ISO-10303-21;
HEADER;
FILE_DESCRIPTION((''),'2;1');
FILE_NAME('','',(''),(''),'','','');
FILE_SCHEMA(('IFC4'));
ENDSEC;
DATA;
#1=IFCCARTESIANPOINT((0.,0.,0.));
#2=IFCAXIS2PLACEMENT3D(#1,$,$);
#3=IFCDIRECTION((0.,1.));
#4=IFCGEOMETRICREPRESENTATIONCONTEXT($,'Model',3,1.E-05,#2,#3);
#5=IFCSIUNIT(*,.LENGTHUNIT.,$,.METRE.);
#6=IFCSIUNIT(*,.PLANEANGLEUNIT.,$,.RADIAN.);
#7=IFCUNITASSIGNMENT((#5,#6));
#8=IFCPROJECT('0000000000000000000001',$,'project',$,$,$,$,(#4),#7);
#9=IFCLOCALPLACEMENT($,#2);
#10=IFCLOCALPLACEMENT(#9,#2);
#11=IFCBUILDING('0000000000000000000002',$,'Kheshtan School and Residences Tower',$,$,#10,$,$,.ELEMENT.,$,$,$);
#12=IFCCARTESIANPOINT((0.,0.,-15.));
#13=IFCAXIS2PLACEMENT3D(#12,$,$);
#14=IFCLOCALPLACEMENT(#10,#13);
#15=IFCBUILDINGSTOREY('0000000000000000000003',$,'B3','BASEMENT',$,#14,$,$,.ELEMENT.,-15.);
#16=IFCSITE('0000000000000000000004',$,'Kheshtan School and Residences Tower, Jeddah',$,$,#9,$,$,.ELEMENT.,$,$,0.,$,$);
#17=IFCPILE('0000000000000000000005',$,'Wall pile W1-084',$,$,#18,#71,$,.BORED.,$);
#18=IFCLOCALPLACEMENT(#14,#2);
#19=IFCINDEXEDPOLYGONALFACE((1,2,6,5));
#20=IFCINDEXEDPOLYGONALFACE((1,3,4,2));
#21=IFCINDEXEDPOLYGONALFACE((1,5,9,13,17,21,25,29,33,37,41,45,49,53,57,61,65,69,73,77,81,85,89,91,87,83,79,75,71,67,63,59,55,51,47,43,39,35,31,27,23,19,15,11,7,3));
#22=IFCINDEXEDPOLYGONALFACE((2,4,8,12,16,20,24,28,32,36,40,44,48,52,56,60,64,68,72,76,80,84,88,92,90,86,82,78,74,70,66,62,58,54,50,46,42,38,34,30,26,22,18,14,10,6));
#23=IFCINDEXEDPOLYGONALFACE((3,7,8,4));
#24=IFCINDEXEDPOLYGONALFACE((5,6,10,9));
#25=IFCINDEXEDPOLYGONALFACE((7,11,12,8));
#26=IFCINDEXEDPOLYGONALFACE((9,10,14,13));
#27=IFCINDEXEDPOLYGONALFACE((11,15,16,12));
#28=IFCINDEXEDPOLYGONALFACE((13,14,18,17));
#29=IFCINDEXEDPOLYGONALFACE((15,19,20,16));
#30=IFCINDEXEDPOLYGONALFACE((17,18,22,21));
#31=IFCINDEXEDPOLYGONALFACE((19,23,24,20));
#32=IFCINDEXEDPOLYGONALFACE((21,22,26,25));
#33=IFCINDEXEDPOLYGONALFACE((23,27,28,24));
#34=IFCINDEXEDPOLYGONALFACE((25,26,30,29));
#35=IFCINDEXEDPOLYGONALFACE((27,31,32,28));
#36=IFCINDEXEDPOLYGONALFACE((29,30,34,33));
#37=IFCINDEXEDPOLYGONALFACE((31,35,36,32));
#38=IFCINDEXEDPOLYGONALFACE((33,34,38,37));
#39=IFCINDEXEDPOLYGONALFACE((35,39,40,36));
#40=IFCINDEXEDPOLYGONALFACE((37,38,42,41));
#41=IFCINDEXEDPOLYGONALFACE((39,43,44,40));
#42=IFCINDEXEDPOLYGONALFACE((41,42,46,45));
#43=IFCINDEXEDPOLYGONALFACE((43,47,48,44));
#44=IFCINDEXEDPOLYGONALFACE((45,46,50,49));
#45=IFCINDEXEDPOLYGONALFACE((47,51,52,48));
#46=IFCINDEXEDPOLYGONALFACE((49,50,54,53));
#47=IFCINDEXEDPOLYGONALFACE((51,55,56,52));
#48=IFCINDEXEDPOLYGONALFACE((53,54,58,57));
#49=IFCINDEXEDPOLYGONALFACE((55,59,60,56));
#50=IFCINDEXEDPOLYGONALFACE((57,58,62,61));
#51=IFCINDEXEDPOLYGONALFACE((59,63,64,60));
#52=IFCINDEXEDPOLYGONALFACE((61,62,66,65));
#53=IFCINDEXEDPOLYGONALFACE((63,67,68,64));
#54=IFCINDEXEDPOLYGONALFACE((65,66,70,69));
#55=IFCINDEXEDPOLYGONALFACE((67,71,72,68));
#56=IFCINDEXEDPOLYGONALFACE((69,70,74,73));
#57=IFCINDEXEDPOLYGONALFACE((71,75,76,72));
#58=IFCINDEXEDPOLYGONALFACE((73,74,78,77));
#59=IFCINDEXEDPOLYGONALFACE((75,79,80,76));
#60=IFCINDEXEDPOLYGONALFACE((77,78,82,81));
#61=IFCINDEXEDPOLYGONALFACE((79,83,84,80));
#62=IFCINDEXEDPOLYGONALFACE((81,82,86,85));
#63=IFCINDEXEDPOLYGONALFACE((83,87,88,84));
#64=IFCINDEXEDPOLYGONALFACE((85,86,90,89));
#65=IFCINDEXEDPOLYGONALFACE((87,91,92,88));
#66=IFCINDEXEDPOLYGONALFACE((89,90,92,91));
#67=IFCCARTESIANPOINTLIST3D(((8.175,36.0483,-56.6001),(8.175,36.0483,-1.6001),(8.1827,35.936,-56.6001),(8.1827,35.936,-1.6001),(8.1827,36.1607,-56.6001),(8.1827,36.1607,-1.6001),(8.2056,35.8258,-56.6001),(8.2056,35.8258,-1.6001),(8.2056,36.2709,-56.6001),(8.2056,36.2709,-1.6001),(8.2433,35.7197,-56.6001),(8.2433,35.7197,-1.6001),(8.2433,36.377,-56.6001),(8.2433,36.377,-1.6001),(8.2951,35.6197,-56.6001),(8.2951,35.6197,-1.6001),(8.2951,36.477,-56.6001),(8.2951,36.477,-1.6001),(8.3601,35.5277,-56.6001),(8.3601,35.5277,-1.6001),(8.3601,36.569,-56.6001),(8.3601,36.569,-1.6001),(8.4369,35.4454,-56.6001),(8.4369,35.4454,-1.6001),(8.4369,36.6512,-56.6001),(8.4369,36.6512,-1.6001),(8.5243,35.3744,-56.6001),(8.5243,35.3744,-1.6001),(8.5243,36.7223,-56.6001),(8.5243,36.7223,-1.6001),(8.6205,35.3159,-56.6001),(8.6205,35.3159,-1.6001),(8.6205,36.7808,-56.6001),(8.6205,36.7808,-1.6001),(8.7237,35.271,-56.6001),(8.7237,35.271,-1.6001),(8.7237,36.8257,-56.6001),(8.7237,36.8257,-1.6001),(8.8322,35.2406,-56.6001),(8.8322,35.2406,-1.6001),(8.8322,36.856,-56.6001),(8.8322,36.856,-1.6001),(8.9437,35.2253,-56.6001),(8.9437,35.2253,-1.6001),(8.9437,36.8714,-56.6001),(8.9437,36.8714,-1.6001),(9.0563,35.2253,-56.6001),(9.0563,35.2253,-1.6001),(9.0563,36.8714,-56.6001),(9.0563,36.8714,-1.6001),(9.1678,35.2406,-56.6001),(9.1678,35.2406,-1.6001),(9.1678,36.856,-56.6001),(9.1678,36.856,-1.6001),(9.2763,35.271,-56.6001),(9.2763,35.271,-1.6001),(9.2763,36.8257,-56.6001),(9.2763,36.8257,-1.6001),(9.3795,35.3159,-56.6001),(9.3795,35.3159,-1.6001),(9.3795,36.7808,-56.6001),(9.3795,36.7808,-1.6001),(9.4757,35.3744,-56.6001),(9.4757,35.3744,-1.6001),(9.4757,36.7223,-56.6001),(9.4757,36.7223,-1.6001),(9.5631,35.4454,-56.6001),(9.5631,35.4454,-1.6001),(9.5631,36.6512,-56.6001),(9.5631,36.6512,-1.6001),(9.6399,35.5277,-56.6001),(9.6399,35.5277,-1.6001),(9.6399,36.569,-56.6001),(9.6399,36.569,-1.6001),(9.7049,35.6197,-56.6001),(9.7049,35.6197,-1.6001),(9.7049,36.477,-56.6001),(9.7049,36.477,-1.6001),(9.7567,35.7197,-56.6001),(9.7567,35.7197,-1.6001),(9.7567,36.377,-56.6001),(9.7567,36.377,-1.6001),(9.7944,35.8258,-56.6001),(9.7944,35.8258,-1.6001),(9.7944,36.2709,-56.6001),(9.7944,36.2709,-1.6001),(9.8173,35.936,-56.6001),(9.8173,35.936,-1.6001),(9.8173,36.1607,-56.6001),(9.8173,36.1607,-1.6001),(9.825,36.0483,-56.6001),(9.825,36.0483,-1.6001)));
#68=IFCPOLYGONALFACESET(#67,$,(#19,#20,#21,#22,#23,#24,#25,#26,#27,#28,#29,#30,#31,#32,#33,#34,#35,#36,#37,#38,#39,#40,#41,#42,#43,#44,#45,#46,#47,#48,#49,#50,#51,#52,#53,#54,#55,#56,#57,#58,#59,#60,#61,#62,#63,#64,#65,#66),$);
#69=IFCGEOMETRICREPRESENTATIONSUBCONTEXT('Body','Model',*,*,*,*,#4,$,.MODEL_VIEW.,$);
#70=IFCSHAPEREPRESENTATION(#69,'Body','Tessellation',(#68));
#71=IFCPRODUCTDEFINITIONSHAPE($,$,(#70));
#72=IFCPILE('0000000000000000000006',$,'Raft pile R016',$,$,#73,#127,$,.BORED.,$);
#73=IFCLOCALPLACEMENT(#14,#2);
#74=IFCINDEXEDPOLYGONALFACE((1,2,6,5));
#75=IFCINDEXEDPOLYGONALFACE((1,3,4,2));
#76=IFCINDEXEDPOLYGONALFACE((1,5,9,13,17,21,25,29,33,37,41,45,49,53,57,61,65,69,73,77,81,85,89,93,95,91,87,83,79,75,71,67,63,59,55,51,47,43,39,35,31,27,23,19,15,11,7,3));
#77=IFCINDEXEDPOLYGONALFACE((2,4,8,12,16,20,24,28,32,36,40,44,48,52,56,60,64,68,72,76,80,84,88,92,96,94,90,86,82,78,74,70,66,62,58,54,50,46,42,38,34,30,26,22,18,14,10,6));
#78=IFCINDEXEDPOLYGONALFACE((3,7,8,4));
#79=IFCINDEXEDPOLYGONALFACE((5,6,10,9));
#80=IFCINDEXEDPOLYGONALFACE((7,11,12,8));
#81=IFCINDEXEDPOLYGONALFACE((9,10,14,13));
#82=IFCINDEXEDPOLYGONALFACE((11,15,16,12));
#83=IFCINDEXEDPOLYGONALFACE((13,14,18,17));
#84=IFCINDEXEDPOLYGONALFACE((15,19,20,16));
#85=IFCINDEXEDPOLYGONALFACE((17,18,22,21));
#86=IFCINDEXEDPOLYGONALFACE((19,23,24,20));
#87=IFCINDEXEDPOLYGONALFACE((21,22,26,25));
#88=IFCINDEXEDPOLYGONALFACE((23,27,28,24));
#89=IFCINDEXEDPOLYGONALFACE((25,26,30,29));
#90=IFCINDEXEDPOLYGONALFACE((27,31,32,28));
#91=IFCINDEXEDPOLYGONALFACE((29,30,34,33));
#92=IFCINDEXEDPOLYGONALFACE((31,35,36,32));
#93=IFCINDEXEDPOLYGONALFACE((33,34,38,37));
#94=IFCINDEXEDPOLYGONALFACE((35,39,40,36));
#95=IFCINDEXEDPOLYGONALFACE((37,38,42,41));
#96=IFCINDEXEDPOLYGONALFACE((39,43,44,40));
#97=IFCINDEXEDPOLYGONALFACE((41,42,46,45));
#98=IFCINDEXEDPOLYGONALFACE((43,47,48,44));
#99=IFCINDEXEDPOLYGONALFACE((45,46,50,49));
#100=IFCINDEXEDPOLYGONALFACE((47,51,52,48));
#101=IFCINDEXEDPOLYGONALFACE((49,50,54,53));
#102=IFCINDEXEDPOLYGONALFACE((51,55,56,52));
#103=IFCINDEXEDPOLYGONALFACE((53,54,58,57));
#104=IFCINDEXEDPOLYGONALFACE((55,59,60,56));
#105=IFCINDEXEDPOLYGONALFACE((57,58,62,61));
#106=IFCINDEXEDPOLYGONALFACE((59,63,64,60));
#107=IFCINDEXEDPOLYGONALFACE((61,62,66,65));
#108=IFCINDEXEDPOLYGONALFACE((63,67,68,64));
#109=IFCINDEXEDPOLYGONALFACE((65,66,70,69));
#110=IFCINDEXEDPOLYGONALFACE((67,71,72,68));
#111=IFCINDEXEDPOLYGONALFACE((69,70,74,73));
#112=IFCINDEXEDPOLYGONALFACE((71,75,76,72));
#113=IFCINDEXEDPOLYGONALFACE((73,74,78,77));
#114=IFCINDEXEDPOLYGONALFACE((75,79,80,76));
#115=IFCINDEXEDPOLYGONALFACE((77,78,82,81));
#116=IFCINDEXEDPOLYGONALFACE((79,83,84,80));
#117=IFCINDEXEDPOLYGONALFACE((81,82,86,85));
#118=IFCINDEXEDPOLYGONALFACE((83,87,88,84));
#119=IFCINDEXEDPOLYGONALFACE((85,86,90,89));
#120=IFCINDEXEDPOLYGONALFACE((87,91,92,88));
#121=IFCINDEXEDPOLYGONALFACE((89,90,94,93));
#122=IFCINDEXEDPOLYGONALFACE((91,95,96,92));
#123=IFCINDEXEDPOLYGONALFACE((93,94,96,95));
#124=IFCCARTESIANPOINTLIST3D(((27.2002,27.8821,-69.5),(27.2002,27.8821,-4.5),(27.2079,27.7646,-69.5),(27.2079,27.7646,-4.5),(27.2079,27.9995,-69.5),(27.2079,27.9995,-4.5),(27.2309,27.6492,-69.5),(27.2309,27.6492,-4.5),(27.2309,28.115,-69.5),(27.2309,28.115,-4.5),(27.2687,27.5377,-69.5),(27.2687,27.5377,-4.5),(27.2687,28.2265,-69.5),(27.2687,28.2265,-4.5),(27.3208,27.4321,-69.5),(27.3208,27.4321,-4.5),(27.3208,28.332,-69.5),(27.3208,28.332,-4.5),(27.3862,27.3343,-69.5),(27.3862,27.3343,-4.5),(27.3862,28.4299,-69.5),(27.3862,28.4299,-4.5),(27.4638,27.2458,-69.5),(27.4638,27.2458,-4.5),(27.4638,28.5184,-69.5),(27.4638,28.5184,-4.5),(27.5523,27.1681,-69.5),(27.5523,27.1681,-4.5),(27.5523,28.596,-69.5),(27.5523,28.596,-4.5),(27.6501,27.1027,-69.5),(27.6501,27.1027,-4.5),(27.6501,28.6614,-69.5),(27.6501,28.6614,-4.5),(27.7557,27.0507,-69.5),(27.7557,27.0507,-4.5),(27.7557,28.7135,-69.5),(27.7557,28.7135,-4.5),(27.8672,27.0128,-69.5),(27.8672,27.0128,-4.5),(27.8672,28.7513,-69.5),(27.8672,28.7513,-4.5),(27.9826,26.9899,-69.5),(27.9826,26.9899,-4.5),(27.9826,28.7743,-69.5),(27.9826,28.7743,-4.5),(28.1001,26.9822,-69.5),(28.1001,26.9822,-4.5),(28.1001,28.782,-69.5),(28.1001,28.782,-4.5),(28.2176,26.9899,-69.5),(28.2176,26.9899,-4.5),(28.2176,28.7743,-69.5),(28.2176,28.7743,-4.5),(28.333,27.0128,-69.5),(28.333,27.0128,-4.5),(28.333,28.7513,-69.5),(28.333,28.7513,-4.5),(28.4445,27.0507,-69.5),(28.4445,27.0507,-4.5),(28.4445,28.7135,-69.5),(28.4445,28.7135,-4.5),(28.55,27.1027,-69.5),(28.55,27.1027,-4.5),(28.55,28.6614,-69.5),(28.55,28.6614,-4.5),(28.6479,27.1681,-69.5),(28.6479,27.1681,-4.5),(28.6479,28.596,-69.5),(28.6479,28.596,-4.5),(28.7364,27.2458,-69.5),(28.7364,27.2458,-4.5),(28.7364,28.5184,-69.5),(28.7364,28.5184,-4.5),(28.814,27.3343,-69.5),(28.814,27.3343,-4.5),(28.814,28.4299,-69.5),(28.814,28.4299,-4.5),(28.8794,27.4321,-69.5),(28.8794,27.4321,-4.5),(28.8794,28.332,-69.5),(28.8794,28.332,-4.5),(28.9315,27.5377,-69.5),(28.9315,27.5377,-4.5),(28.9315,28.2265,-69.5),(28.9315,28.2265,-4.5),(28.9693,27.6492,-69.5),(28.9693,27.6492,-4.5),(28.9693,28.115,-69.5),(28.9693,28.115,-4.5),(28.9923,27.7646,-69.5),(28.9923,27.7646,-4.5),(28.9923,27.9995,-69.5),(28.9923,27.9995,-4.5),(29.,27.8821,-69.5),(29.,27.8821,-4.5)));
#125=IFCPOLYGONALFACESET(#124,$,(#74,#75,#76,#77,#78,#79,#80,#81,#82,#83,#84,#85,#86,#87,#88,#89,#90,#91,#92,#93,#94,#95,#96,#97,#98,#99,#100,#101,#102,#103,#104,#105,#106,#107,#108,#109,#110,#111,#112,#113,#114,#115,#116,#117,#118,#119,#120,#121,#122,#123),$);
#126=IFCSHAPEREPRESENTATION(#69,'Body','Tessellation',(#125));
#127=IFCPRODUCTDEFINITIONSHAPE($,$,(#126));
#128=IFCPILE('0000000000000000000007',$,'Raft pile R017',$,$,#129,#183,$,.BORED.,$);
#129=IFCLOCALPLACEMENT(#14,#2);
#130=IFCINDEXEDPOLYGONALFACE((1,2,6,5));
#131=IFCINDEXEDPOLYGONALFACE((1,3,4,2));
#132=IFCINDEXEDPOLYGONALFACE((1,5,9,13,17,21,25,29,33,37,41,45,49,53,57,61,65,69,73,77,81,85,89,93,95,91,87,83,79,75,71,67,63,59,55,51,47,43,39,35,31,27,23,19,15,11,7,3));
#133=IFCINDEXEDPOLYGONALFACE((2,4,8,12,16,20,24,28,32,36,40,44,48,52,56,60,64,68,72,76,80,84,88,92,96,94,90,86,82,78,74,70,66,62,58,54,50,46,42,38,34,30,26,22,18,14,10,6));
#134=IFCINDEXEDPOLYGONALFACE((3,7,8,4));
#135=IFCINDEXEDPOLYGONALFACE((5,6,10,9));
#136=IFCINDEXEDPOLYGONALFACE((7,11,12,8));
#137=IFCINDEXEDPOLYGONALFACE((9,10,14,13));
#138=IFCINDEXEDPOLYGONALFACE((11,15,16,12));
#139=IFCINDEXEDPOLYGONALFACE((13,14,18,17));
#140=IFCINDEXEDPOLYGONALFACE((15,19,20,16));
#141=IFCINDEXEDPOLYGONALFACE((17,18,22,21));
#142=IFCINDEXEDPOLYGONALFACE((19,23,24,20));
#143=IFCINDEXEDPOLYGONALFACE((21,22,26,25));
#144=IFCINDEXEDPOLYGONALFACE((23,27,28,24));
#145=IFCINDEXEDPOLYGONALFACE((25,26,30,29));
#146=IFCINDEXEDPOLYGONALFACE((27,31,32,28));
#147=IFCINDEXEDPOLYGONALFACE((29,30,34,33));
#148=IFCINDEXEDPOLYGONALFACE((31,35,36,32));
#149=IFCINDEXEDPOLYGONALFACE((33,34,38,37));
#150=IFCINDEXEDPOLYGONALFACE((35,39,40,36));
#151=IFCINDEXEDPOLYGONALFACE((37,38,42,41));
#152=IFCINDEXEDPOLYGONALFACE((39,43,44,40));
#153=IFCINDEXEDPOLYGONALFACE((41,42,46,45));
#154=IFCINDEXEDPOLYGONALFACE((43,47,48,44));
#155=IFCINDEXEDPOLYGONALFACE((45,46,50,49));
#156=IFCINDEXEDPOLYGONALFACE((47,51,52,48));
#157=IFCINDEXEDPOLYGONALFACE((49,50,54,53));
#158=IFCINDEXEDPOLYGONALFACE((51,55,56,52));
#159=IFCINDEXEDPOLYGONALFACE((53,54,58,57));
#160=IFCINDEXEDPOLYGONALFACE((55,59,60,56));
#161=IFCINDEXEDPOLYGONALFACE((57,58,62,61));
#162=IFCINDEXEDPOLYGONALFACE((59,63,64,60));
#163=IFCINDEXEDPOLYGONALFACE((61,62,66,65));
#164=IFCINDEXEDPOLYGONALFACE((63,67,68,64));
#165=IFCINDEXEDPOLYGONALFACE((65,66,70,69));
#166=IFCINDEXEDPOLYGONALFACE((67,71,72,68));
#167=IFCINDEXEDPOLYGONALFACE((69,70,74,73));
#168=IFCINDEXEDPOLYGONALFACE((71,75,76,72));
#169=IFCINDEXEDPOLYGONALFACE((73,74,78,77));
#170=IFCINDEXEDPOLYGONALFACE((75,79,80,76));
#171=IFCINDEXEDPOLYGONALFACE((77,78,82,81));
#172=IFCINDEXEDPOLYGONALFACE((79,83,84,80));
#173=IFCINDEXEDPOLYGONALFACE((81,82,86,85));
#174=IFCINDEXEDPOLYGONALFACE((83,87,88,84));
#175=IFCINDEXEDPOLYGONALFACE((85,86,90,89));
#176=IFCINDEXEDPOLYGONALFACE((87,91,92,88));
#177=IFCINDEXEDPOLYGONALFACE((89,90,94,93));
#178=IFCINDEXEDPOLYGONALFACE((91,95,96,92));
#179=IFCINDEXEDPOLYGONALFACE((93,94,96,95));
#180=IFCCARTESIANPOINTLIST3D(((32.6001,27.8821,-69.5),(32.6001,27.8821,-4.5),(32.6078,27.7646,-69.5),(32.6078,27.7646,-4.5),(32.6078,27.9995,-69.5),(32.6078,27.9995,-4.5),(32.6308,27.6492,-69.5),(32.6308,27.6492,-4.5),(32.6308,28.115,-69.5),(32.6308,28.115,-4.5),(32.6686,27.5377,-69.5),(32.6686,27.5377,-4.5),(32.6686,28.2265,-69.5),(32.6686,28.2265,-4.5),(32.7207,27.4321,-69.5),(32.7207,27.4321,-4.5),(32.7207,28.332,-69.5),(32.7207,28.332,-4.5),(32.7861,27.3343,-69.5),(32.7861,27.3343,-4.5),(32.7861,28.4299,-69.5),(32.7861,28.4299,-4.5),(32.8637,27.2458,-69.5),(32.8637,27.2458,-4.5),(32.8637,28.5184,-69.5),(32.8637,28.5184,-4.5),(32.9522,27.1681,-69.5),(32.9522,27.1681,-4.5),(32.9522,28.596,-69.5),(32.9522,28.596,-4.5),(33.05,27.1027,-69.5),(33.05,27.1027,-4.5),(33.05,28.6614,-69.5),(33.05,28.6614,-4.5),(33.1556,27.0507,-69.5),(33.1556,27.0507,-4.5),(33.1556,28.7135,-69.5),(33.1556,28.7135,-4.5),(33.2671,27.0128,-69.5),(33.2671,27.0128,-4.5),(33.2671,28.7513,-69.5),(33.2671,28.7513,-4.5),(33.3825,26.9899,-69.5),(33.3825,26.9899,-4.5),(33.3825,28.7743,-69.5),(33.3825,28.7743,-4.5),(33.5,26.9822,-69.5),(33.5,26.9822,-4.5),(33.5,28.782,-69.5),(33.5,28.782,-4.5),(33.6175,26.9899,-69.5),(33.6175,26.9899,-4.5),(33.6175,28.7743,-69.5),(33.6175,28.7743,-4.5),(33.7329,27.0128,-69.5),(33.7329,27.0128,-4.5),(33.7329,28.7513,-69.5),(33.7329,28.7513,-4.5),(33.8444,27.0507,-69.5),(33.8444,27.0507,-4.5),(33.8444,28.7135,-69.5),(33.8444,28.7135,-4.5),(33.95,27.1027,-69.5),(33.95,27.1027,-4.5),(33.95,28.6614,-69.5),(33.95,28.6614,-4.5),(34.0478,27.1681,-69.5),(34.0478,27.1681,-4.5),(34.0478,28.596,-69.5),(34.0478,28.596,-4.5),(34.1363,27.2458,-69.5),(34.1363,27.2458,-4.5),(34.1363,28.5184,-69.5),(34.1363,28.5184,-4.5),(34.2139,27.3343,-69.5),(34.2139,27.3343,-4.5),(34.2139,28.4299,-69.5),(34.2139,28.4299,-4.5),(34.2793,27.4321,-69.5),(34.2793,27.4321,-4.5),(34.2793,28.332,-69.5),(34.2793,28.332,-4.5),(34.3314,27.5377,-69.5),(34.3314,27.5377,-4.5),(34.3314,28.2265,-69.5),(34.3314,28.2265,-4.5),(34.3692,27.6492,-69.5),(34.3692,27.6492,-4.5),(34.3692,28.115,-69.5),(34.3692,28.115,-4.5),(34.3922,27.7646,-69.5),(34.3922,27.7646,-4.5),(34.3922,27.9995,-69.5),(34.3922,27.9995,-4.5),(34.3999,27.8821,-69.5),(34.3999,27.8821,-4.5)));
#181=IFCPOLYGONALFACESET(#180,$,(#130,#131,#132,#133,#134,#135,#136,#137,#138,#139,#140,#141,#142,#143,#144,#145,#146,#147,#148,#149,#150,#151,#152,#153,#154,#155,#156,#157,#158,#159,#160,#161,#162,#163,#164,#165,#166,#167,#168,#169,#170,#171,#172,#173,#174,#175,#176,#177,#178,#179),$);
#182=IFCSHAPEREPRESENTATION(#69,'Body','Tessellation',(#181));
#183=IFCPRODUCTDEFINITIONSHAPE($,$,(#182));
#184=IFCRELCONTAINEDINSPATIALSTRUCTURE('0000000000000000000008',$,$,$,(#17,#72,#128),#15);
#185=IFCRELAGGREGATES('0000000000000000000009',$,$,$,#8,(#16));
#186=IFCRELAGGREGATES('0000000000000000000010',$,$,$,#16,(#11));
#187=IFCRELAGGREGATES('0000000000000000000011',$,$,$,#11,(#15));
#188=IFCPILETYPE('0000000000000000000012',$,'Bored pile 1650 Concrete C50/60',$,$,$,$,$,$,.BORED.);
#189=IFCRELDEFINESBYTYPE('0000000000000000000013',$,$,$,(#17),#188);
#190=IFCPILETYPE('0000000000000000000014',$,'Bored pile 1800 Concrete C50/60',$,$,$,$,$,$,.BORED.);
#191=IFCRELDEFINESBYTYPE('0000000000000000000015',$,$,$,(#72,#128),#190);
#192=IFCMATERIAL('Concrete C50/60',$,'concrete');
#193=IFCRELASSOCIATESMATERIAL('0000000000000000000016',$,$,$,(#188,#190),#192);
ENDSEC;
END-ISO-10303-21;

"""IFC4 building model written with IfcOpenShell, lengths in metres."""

from ifc_helpers import new_model, si_unit, direction, frame, origin, origin_2d, place, context, subcontext, project, spatial, circle, extrude, material, material_profile, profile_set, type_object, element, save


model = new_model("IFC4")

# Units and contexts
model_context = context("Model", 3, precision=1e-05, world=origin(), true_north=direction((0.0, 1.0)))
body_context = subcontext(model_context, "Body", "Model", "MODEL_VIEW")
ifc_project = project(units=[si_unit("LENGTHUNIT", "METRE"), si_unit("PLANEANGLEUNIT", "RADIAN")], contexts=[model_context])

# Site, building, storey
site_placement = place(None, origin())
site = spatial("IfcSite", under=ifc_project, at=site_placement, Name="Kheshtan School and Residences Tower, Jeddah", CompositionType="ELEMENT", RefElevation=0.0)
building_placement = place(site_placement, origin())
building = spatial("IfcBuilding", under=site, at=building_placement, Name="Kheshtan School and Residences Tower", CompositionType="ELEMENT")
storey_placement = place(building_placement, frame((0.0, 0.0, -15.0)))
storey = spatial("IfcBuildingStorey", under=building, at=storey_placement, Name="B3", Description="BASEMENT", CompositionType="ELEMENT", Elevation=-15.0)

# Piles
ifc_material_1 = material(Name="Concrete C50/60", Category="concrete")
ifc_material_profile_1 = material_profile(ifc_material_1, circle(Radius=0.825, at=origin_2d()), Name="BP 1650")
ifc_profile_set_1 = profile_set([ifc_material_profile_1], Name="Concrete C50/60")
pile_type_1 = type_object("IfcPileType", Name="Bored pile 1650 Concrete C50/60", PredefinedType="BORED", material=ifc_profile_set_1)
for number, where, z_axis, x_axis, name in (
    (1, (9.0, 36.0483, -1.6001), (0.0, 0.0, -1.0), (1.0, 0.0, 0.0), "Wall pile W1-084"),
):
    element("IfcPile", number, at=place(storey_placement, frame(where, z_axis=z_axis, x_axis=x_axis)), inside=storey, type_object=pile_type_1, Name=name, PredefinedType="BORED", context=body_context, shape_type="SweptSolid", body=[
        extrude(circle(Radius=0.825, at=origin_2d()), origin(), (0.0, 0.0, 1.0), 55.0),
    ])
ifc_material_profile_2 = material_profile(ifc_material_1, circle(Radius=0.8999, at=origin_2d()), Name="BP 1800")
ifc_profile_set_2 = profile_set([ifc_material_profile_2], Name="Concrete C50/60")
pile_type_2 = type_object("IfcPileType", Name="Bored pile 1800 Concrete C50/60", PredefinedType="BORED", material=ifc_profile_set_2)
for number, where, z_axis, x_axis, name in (
    (2, (28.1001, 27.8821, -4.5), (0.0, 0.0, -1.0), (1.0, 0.0, 0.0), "Raft pile R016"),
    (3, (33.5, 27.8821, -4.5), (0.0, 0.0, -1.0), (1.0, 0.0, 0.0), "Raft pile R017"),
):
    element("IfcPile", number, at=place(storey_placement, frame(where, z_axis=z_axis, x_axis=x_axis)), inside=storey, type_object=pile_type_2, Name=name, PredefinedType="BORED", context=body_context, shape_type="SweptSolid", body=[
        extrude(circle(Radius=0.8999, at=origin_2d()), origin(), (0.0, 0.0, 1.0), 65.0),
    ])

save(model, "model.ifc")
